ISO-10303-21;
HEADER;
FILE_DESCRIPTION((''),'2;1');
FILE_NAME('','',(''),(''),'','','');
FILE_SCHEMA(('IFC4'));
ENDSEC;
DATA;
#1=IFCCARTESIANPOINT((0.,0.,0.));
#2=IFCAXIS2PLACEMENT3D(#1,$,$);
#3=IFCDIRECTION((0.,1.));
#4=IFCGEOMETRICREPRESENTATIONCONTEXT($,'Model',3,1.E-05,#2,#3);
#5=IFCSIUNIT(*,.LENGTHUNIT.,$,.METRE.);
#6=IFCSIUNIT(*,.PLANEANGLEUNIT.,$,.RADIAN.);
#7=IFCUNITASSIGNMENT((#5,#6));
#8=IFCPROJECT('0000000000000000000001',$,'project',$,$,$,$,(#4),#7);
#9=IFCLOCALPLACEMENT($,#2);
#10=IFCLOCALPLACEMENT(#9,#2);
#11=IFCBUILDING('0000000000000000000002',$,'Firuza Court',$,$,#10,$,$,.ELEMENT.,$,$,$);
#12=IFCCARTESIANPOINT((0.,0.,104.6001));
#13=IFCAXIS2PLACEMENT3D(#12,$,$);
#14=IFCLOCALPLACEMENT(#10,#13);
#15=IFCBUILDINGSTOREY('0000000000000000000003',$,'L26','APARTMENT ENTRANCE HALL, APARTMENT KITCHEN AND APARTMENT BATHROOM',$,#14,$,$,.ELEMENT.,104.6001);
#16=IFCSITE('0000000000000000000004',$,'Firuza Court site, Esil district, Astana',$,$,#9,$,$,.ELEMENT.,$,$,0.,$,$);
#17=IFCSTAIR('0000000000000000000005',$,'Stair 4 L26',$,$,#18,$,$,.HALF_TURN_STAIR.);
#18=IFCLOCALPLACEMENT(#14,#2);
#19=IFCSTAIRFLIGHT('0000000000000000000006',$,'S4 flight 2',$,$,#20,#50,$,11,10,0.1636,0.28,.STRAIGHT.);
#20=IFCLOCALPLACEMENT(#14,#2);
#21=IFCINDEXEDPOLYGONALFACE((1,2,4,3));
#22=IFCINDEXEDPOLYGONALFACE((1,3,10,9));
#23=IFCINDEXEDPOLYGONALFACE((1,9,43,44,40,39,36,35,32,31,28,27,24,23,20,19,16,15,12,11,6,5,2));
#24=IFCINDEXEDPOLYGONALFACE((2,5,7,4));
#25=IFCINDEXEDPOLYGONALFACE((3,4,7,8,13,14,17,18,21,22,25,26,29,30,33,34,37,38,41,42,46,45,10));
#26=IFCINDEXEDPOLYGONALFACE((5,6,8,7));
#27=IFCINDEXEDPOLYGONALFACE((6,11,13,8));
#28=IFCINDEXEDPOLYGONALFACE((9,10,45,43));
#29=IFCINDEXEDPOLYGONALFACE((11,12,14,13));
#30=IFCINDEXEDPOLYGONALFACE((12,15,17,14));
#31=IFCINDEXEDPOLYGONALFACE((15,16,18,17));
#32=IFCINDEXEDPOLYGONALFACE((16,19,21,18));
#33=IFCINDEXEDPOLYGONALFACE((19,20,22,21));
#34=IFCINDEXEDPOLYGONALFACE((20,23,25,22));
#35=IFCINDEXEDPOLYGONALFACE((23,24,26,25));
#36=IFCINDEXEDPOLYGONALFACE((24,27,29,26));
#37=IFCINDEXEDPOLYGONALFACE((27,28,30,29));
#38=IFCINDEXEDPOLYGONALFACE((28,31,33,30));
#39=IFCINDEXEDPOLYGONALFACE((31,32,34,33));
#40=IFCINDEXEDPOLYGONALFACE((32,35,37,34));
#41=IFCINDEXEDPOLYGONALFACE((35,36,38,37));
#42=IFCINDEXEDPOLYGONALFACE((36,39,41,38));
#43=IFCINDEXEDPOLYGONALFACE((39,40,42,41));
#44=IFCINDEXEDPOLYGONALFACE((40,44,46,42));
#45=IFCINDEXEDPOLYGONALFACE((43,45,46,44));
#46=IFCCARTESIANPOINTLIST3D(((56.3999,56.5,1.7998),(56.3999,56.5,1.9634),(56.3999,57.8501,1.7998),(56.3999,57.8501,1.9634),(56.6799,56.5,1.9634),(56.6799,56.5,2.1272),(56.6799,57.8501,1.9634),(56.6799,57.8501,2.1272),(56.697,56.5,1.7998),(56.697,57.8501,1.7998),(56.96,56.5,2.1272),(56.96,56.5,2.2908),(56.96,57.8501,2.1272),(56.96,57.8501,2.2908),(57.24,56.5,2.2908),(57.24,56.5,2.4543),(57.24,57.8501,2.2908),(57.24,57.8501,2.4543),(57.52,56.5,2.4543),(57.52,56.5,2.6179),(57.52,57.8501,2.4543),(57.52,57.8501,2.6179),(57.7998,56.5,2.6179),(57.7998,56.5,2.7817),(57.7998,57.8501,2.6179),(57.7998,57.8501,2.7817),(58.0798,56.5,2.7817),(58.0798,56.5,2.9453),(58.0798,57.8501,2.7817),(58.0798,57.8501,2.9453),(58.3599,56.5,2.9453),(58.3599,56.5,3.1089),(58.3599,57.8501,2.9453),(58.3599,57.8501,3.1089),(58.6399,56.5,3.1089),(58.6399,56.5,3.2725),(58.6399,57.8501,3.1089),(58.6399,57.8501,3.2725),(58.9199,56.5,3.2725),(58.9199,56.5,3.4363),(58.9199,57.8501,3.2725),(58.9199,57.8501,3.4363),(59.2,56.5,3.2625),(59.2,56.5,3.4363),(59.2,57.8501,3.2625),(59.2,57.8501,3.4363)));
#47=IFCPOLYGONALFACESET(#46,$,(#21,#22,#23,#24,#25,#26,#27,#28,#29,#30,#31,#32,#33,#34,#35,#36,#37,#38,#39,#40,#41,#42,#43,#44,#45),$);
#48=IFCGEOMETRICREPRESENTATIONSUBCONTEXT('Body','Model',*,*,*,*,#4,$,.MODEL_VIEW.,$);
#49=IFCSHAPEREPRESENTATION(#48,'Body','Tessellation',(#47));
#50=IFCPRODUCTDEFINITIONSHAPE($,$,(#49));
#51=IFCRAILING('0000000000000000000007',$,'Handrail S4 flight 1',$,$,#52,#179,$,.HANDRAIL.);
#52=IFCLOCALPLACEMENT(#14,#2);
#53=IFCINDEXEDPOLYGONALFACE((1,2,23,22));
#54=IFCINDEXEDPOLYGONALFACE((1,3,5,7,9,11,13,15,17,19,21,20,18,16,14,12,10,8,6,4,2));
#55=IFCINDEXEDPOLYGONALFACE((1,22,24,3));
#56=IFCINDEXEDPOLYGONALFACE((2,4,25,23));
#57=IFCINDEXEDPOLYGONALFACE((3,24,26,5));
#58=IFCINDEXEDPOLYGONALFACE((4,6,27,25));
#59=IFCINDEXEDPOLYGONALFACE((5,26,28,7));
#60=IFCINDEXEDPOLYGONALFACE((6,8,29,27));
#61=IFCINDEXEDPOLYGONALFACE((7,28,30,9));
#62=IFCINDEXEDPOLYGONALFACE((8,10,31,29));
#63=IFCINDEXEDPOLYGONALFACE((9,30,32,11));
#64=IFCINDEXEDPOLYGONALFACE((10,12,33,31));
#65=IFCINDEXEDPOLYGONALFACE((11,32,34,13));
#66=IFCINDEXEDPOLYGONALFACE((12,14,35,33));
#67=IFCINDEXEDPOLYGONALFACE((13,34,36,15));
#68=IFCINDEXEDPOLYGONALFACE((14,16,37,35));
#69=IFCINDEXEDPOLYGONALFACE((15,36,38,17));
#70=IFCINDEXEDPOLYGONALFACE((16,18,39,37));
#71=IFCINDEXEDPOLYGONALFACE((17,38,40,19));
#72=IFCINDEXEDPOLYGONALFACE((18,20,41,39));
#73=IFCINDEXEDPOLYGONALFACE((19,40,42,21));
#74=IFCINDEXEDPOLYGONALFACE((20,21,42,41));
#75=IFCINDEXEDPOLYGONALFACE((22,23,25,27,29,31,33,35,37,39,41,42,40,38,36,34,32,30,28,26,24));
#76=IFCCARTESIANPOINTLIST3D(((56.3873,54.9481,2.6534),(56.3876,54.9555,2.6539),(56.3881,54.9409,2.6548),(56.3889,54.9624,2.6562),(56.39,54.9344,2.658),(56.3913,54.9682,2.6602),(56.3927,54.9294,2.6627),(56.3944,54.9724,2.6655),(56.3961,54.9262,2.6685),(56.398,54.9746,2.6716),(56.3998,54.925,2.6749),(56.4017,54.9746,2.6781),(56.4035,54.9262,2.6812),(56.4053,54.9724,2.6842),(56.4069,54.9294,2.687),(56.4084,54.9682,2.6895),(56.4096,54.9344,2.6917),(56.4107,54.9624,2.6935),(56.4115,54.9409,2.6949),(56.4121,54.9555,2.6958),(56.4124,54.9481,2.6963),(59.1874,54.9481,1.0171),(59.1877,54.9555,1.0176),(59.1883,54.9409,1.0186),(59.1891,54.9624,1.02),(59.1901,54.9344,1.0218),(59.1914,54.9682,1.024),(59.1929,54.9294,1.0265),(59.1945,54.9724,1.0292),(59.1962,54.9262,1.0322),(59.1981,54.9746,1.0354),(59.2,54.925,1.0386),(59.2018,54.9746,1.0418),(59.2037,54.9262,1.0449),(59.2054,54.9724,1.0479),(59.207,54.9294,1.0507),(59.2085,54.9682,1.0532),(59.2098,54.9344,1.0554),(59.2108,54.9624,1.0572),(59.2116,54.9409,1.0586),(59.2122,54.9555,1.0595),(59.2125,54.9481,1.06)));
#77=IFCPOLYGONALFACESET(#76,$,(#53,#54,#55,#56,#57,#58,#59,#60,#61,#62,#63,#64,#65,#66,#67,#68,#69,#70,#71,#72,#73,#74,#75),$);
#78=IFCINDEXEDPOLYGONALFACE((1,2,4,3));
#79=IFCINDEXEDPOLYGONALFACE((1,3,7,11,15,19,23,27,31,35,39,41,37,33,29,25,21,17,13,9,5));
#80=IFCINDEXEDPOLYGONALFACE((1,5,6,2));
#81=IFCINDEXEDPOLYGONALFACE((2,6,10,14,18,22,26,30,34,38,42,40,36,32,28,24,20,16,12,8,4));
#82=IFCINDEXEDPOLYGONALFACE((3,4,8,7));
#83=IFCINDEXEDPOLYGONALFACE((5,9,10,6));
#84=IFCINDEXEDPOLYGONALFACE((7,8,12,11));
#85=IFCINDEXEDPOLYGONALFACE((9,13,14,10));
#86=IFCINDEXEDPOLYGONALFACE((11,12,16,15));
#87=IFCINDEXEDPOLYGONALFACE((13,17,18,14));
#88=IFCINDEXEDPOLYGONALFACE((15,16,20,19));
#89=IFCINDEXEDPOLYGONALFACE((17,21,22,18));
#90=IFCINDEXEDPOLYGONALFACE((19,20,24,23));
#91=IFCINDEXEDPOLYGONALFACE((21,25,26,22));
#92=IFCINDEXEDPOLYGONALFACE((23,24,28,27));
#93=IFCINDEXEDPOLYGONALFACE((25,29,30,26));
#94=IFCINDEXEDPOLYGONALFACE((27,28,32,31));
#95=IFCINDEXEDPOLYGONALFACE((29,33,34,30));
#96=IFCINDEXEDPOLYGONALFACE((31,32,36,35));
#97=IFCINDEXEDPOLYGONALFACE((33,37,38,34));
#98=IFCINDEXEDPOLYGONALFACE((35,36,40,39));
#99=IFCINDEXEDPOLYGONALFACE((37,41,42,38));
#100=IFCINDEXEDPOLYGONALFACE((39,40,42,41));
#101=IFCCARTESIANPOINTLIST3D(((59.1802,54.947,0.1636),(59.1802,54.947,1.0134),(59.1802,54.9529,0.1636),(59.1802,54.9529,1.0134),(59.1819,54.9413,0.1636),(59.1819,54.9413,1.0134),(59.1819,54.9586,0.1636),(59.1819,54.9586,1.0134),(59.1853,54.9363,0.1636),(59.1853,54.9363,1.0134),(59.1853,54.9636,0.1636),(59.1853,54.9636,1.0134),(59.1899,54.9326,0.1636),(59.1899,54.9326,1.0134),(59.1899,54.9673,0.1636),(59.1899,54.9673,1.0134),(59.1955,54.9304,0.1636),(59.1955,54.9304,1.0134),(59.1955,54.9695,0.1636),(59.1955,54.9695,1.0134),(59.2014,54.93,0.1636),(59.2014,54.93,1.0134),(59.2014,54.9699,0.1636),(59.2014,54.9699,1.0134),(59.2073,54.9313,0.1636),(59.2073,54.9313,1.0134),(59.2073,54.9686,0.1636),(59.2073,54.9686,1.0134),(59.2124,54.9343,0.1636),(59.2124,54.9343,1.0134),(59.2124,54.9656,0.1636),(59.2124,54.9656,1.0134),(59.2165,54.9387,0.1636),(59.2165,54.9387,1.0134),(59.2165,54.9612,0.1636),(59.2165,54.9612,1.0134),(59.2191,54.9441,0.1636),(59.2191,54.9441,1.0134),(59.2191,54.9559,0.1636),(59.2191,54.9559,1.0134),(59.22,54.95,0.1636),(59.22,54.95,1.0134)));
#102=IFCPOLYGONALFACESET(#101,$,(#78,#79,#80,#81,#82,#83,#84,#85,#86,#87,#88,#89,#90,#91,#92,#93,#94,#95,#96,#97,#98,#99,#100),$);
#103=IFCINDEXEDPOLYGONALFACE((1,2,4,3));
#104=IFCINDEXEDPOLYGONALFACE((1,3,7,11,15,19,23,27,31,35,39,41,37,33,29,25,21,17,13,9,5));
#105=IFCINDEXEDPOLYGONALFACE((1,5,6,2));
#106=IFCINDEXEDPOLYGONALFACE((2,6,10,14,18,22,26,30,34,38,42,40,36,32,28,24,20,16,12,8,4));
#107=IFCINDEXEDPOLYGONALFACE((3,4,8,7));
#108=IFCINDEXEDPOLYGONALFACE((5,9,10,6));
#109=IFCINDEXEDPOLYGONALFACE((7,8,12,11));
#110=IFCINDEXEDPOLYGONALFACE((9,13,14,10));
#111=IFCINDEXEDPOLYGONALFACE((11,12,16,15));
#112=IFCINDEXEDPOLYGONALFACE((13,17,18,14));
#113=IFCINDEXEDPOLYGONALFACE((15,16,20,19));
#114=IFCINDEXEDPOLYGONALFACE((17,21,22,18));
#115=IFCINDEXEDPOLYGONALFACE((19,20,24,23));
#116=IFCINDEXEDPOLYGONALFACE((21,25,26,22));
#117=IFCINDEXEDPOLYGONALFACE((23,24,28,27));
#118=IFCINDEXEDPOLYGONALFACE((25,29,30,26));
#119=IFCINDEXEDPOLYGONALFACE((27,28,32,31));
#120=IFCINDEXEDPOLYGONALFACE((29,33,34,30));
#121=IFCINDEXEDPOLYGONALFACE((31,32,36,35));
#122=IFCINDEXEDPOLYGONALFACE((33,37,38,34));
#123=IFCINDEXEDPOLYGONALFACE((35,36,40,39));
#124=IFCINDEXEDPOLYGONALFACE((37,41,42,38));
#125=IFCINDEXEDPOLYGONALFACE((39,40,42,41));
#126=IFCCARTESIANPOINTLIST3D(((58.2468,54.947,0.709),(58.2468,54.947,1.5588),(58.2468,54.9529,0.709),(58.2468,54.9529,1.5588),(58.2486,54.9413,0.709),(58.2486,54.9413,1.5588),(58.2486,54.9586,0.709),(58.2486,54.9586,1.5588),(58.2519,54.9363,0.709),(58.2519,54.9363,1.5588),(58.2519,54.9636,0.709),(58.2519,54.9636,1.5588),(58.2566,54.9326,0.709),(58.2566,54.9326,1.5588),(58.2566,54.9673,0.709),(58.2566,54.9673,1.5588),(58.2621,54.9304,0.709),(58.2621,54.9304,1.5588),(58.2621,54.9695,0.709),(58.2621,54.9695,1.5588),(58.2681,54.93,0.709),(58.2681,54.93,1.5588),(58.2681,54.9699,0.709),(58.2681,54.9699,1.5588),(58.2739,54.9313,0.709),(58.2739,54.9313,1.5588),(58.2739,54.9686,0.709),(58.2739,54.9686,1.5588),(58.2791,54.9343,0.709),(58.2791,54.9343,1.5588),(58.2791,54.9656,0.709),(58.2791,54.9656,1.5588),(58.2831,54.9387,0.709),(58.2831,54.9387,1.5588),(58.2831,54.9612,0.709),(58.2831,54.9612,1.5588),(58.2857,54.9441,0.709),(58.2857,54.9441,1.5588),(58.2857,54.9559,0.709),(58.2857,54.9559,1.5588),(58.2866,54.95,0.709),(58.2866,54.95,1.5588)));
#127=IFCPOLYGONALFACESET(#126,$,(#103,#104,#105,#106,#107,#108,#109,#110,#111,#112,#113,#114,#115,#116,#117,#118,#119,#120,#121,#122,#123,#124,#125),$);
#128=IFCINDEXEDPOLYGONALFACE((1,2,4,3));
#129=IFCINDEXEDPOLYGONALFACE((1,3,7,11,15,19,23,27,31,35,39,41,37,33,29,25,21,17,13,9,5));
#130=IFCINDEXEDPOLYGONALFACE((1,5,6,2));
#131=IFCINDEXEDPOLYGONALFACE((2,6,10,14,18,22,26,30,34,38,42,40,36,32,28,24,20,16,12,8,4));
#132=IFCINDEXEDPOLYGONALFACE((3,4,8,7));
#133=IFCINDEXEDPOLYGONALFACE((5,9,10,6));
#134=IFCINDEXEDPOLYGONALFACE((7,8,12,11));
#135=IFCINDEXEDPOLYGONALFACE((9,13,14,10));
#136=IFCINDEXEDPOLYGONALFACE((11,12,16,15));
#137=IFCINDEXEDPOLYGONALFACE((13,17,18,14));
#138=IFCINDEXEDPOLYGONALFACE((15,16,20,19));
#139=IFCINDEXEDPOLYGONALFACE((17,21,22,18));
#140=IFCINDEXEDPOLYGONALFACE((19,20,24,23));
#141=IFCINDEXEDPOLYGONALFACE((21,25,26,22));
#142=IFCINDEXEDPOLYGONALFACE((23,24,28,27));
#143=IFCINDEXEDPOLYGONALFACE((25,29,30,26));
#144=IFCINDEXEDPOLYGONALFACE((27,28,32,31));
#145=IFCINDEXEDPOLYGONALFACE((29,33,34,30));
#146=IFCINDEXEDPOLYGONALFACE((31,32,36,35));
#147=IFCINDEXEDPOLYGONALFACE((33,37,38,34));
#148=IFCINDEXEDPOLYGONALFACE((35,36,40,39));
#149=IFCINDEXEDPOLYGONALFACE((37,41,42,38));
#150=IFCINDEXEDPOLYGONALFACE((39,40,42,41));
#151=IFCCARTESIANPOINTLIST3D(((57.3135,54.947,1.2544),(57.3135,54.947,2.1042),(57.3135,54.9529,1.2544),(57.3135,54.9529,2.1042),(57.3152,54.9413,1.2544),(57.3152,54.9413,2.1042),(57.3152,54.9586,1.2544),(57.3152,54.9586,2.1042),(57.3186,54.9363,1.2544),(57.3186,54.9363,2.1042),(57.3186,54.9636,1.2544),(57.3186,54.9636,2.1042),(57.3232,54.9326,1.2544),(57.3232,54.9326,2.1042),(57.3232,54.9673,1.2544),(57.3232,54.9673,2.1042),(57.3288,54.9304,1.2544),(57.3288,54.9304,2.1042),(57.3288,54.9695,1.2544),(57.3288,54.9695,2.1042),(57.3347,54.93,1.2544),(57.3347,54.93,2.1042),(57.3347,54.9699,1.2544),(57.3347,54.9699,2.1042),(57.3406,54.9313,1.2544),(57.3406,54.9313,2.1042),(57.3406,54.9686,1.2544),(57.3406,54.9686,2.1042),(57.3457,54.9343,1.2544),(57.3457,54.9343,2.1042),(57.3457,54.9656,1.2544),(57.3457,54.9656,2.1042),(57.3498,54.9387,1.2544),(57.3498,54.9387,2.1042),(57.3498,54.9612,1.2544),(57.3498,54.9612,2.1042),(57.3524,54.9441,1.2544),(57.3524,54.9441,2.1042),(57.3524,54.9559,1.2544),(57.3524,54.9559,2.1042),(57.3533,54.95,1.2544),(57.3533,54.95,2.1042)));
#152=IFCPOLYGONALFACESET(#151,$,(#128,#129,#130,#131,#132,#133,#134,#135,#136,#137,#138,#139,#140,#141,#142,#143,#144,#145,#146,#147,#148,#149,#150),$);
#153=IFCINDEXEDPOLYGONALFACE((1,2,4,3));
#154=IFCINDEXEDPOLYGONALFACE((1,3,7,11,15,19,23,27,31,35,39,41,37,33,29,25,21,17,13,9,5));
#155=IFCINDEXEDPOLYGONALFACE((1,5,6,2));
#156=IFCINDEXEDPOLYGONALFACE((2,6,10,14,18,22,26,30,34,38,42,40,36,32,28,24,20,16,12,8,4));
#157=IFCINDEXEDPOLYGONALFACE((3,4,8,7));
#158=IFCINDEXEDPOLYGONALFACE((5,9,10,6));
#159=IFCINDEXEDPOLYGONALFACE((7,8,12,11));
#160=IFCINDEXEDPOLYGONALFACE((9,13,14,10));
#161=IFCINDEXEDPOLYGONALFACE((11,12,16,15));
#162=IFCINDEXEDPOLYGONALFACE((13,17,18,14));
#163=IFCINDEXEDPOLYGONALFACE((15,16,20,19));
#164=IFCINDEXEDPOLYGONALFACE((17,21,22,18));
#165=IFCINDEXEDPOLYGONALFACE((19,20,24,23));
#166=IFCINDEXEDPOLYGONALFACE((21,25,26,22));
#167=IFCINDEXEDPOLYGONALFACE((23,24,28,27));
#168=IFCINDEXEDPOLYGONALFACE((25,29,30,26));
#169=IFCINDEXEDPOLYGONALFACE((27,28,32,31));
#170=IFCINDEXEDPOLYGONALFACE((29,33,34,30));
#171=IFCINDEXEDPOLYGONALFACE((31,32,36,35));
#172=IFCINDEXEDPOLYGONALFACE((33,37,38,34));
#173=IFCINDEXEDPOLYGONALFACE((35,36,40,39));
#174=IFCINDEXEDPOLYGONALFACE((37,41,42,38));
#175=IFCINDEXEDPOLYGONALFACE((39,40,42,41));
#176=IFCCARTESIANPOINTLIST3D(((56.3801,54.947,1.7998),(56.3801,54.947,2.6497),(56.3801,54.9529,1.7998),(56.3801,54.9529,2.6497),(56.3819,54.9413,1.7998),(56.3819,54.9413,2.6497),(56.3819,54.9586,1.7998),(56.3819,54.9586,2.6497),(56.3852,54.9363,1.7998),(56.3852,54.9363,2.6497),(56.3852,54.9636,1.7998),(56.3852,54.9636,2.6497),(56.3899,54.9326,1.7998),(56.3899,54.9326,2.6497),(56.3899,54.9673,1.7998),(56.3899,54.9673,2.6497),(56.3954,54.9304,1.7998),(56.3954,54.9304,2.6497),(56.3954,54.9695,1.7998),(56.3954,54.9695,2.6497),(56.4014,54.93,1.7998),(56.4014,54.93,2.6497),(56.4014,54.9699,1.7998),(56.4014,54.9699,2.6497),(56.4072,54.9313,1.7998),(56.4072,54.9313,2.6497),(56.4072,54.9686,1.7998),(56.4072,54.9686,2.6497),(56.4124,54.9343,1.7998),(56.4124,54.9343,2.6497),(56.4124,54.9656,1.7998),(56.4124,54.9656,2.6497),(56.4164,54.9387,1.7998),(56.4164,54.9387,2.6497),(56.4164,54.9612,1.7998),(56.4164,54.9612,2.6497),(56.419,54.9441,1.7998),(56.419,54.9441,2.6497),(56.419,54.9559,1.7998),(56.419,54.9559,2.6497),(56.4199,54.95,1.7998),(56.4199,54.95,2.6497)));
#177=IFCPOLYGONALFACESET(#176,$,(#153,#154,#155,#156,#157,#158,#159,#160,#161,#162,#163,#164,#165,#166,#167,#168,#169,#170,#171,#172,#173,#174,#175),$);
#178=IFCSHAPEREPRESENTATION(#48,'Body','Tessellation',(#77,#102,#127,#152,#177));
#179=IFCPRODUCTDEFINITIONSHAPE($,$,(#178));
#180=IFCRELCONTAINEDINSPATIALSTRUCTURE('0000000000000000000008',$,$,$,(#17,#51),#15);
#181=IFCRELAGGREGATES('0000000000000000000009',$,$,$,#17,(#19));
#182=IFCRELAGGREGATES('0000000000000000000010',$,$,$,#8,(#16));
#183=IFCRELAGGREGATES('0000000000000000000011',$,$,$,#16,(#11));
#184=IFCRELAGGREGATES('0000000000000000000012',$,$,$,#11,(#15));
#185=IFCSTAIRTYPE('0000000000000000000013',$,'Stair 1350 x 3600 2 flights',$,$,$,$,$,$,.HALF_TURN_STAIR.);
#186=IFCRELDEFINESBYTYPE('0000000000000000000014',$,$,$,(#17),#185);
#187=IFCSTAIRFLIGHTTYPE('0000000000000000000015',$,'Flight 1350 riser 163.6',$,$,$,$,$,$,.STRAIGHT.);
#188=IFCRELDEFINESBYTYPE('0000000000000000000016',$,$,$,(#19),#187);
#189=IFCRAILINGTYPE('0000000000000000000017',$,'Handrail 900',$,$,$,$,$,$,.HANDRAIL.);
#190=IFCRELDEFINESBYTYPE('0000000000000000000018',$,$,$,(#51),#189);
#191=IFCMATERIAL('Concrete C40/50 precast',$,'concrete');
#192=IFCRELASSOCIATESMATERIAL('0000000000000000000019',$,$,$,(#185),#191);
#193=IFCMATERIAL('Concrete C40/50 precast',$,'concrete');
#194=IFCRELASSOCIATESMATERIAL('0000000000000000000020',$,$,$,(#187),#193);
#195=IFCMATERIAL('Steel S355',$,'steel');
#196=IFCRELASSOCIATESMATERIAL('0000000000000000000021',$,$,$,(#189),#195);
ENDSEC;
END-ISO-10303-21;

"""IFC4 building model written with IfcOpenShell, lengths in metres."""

from ifc_helpers import new_model, si_unit, direction, frame, origin, origin_2d, place, context, subcontext, project, spatial, polyline, circle, outline, extrude, material, type_object, element, aggregate, save


model = new_model("IFC4")

# Units and contexts
model_context = context("Model", 3, precision=1e-05, world=origin(), true_north=direction((0.0, 1.0)))
body_context = subcontext(model_context, "Body", "Model", "MODEL_VIEW")
ifc_project = project(units=[si_unit("LENGTHUNIT", "METRE"), si_unit("PLANEANGLEUNIT", "RADIAN")], contexts=[model_context])

# Site, building, storey
site_placement = place(None, origin())
site = spatial("IfcSite", under=ifc_project, at=site_placement, Name="Firuza Court site, Esil district, Astana", CompositionType="ELEMENT", RefElevation=0.0)
building_placement = place(site_placement, origin())
building = spatial("IfcBuilding", under=site, at=building_placement, Name="Firuza Court", CompositionType="ELEMENT")
storey_placement = place(building_placement, frame((0.0, 0.0, 104.6001)))
storey = spatial("IfcBuildingStorey", under=building, at=storey_placement, Name="L26", Description="APARTMENT ENTRANCE HALL, APARTMENT KITCHEN AND APARTMENT BATHROOM", CompositionType="ELEMENT", Elevation=104.6001)

# Stair, stair flight
ifc_material_1 = material(Name="Concrete C40/50 precast", Category="concrete")
stair_type = type_object("IfcStairType", Name="Stair 1350 x 3600 2 flights", PredefinedType="HALF_TURN_STAIR", material=ifc_material_1)
stair_placement = place(storey_placement, origin())
stair = element("IfcStair", 1, at=stair_placement, inside=storey, type_object=stair_type, Name="Stair 4 L26", PredefinedType="HALF_TURN_STAIR")
ifc_material_2 = material(Name="Concrete C40/50 precast", Category="concrete")
stair_flight_type = type_object("IfcStairFlightType", Name="Flight 1350 riser 163.6", PredefinedType="STRAIGHT", material=ifc_material_2)
stair_flight_1_placement = place(storey_placement, frame((56.3999, 57.175, 1.7998), z_axis=(0.0, 0.0, 1.0), x_axis=(1.0, 0.0, 0.0)))
stair_flight_1 = element("IfcStairFlight", 2, at=stair_flight_1_placement, type_object=stair_flight_type, Name="S4 flight 2", NumberOfRisers=11, NumberOfTreads=10, PredefinedType="STRAIGHT", RiserHeight=0.1636, TreadLength=0.28, context=body_context, shape_type="SweptSolid", body=[
    extrude(outline(polyline([(0.0, 0.0), (0.0, 0.1636), (0.28, 0.1636), (0.28, 0.3274), (0.5601, 0.3274), (0.5601, 0.491), (0.8401, 0.491), (0.8401, 0.6545), (1.1201, 0.6545), (1.1201, 0.8181), (1.3999, 0.8181), (1.3999, 0.9819), (1.6799, 0.9819), (1.6799, 1.1455), (1.96, 1.1455), (1.96, 1.3091), (2.24, 1.3091), (2.24, 1.4727), (2.52, 1.4727), (2.52, 1.6365), (2.8, 1.6365), (2.8, 1.8), (2.8, 1.4626), (0.2971, 0.0), (0.0, 0.0)])), frame((0.0, 0.675, 0.0), z_axis=(0.0, -1.0, 0.0), x_axis=(1.0, 0.0, 0.0)), (0.0, 0.0, 1.0), 1.3501),
])
aggregate(stair, [stair_flight_1])

# Railing
ifc_material_3 = material(Name="Steel S355", Category="steel")
railing_type_1 = type_object("IfcRailingType", Name="Handrail 900", PredefinedType="HANDRAIL", material=ifc_material_3)
railing_1_placement = place(storey_placement, frame((59.2, 54.95, 0.1636)))
element("IfcRailing", 3, at=railing_1_placement, inside=storey, type_object=railing_type_1, Name="Handrail S4 flight 1", PredefinedType="HANDRAIL", context=body_context, shape_type="SweptSolid", body=[
    extrude(circle(Radius=0.0249, at=origin_2d()), frame((0.0, 0.0, 0.875), z_axis=(-0.863394, 0.0, 0.504531), x_axis=(0.0, -1.0, 0.0)), (0.0, 0.0, 1.0), 3.2432),
    extrude(circle(Radius=0.02, at=origin_2d()), origin(), (0.0, 0.0, 1.0), 0.8499),
    extrude(circle(Radius=0.02, at=origin_2d()), frame((-0.9333, 0.0, 0.5454)), (0.0, 0.0, 1.0), 0.8499),
    extrude(circle(Radius=0.02, at=origin_2d()), frame((-1.8667, 0.0, 1.0908)), (0.0, 0.0, 1.0), 0.8499),
    extrude(circle(Radius=0.02, at=origin_2d()), frame((-2.8, 0.0, 1.6362)), (0.0, 0.0, 1.0), 0.8499),
])

save(model, "model.ifc")
